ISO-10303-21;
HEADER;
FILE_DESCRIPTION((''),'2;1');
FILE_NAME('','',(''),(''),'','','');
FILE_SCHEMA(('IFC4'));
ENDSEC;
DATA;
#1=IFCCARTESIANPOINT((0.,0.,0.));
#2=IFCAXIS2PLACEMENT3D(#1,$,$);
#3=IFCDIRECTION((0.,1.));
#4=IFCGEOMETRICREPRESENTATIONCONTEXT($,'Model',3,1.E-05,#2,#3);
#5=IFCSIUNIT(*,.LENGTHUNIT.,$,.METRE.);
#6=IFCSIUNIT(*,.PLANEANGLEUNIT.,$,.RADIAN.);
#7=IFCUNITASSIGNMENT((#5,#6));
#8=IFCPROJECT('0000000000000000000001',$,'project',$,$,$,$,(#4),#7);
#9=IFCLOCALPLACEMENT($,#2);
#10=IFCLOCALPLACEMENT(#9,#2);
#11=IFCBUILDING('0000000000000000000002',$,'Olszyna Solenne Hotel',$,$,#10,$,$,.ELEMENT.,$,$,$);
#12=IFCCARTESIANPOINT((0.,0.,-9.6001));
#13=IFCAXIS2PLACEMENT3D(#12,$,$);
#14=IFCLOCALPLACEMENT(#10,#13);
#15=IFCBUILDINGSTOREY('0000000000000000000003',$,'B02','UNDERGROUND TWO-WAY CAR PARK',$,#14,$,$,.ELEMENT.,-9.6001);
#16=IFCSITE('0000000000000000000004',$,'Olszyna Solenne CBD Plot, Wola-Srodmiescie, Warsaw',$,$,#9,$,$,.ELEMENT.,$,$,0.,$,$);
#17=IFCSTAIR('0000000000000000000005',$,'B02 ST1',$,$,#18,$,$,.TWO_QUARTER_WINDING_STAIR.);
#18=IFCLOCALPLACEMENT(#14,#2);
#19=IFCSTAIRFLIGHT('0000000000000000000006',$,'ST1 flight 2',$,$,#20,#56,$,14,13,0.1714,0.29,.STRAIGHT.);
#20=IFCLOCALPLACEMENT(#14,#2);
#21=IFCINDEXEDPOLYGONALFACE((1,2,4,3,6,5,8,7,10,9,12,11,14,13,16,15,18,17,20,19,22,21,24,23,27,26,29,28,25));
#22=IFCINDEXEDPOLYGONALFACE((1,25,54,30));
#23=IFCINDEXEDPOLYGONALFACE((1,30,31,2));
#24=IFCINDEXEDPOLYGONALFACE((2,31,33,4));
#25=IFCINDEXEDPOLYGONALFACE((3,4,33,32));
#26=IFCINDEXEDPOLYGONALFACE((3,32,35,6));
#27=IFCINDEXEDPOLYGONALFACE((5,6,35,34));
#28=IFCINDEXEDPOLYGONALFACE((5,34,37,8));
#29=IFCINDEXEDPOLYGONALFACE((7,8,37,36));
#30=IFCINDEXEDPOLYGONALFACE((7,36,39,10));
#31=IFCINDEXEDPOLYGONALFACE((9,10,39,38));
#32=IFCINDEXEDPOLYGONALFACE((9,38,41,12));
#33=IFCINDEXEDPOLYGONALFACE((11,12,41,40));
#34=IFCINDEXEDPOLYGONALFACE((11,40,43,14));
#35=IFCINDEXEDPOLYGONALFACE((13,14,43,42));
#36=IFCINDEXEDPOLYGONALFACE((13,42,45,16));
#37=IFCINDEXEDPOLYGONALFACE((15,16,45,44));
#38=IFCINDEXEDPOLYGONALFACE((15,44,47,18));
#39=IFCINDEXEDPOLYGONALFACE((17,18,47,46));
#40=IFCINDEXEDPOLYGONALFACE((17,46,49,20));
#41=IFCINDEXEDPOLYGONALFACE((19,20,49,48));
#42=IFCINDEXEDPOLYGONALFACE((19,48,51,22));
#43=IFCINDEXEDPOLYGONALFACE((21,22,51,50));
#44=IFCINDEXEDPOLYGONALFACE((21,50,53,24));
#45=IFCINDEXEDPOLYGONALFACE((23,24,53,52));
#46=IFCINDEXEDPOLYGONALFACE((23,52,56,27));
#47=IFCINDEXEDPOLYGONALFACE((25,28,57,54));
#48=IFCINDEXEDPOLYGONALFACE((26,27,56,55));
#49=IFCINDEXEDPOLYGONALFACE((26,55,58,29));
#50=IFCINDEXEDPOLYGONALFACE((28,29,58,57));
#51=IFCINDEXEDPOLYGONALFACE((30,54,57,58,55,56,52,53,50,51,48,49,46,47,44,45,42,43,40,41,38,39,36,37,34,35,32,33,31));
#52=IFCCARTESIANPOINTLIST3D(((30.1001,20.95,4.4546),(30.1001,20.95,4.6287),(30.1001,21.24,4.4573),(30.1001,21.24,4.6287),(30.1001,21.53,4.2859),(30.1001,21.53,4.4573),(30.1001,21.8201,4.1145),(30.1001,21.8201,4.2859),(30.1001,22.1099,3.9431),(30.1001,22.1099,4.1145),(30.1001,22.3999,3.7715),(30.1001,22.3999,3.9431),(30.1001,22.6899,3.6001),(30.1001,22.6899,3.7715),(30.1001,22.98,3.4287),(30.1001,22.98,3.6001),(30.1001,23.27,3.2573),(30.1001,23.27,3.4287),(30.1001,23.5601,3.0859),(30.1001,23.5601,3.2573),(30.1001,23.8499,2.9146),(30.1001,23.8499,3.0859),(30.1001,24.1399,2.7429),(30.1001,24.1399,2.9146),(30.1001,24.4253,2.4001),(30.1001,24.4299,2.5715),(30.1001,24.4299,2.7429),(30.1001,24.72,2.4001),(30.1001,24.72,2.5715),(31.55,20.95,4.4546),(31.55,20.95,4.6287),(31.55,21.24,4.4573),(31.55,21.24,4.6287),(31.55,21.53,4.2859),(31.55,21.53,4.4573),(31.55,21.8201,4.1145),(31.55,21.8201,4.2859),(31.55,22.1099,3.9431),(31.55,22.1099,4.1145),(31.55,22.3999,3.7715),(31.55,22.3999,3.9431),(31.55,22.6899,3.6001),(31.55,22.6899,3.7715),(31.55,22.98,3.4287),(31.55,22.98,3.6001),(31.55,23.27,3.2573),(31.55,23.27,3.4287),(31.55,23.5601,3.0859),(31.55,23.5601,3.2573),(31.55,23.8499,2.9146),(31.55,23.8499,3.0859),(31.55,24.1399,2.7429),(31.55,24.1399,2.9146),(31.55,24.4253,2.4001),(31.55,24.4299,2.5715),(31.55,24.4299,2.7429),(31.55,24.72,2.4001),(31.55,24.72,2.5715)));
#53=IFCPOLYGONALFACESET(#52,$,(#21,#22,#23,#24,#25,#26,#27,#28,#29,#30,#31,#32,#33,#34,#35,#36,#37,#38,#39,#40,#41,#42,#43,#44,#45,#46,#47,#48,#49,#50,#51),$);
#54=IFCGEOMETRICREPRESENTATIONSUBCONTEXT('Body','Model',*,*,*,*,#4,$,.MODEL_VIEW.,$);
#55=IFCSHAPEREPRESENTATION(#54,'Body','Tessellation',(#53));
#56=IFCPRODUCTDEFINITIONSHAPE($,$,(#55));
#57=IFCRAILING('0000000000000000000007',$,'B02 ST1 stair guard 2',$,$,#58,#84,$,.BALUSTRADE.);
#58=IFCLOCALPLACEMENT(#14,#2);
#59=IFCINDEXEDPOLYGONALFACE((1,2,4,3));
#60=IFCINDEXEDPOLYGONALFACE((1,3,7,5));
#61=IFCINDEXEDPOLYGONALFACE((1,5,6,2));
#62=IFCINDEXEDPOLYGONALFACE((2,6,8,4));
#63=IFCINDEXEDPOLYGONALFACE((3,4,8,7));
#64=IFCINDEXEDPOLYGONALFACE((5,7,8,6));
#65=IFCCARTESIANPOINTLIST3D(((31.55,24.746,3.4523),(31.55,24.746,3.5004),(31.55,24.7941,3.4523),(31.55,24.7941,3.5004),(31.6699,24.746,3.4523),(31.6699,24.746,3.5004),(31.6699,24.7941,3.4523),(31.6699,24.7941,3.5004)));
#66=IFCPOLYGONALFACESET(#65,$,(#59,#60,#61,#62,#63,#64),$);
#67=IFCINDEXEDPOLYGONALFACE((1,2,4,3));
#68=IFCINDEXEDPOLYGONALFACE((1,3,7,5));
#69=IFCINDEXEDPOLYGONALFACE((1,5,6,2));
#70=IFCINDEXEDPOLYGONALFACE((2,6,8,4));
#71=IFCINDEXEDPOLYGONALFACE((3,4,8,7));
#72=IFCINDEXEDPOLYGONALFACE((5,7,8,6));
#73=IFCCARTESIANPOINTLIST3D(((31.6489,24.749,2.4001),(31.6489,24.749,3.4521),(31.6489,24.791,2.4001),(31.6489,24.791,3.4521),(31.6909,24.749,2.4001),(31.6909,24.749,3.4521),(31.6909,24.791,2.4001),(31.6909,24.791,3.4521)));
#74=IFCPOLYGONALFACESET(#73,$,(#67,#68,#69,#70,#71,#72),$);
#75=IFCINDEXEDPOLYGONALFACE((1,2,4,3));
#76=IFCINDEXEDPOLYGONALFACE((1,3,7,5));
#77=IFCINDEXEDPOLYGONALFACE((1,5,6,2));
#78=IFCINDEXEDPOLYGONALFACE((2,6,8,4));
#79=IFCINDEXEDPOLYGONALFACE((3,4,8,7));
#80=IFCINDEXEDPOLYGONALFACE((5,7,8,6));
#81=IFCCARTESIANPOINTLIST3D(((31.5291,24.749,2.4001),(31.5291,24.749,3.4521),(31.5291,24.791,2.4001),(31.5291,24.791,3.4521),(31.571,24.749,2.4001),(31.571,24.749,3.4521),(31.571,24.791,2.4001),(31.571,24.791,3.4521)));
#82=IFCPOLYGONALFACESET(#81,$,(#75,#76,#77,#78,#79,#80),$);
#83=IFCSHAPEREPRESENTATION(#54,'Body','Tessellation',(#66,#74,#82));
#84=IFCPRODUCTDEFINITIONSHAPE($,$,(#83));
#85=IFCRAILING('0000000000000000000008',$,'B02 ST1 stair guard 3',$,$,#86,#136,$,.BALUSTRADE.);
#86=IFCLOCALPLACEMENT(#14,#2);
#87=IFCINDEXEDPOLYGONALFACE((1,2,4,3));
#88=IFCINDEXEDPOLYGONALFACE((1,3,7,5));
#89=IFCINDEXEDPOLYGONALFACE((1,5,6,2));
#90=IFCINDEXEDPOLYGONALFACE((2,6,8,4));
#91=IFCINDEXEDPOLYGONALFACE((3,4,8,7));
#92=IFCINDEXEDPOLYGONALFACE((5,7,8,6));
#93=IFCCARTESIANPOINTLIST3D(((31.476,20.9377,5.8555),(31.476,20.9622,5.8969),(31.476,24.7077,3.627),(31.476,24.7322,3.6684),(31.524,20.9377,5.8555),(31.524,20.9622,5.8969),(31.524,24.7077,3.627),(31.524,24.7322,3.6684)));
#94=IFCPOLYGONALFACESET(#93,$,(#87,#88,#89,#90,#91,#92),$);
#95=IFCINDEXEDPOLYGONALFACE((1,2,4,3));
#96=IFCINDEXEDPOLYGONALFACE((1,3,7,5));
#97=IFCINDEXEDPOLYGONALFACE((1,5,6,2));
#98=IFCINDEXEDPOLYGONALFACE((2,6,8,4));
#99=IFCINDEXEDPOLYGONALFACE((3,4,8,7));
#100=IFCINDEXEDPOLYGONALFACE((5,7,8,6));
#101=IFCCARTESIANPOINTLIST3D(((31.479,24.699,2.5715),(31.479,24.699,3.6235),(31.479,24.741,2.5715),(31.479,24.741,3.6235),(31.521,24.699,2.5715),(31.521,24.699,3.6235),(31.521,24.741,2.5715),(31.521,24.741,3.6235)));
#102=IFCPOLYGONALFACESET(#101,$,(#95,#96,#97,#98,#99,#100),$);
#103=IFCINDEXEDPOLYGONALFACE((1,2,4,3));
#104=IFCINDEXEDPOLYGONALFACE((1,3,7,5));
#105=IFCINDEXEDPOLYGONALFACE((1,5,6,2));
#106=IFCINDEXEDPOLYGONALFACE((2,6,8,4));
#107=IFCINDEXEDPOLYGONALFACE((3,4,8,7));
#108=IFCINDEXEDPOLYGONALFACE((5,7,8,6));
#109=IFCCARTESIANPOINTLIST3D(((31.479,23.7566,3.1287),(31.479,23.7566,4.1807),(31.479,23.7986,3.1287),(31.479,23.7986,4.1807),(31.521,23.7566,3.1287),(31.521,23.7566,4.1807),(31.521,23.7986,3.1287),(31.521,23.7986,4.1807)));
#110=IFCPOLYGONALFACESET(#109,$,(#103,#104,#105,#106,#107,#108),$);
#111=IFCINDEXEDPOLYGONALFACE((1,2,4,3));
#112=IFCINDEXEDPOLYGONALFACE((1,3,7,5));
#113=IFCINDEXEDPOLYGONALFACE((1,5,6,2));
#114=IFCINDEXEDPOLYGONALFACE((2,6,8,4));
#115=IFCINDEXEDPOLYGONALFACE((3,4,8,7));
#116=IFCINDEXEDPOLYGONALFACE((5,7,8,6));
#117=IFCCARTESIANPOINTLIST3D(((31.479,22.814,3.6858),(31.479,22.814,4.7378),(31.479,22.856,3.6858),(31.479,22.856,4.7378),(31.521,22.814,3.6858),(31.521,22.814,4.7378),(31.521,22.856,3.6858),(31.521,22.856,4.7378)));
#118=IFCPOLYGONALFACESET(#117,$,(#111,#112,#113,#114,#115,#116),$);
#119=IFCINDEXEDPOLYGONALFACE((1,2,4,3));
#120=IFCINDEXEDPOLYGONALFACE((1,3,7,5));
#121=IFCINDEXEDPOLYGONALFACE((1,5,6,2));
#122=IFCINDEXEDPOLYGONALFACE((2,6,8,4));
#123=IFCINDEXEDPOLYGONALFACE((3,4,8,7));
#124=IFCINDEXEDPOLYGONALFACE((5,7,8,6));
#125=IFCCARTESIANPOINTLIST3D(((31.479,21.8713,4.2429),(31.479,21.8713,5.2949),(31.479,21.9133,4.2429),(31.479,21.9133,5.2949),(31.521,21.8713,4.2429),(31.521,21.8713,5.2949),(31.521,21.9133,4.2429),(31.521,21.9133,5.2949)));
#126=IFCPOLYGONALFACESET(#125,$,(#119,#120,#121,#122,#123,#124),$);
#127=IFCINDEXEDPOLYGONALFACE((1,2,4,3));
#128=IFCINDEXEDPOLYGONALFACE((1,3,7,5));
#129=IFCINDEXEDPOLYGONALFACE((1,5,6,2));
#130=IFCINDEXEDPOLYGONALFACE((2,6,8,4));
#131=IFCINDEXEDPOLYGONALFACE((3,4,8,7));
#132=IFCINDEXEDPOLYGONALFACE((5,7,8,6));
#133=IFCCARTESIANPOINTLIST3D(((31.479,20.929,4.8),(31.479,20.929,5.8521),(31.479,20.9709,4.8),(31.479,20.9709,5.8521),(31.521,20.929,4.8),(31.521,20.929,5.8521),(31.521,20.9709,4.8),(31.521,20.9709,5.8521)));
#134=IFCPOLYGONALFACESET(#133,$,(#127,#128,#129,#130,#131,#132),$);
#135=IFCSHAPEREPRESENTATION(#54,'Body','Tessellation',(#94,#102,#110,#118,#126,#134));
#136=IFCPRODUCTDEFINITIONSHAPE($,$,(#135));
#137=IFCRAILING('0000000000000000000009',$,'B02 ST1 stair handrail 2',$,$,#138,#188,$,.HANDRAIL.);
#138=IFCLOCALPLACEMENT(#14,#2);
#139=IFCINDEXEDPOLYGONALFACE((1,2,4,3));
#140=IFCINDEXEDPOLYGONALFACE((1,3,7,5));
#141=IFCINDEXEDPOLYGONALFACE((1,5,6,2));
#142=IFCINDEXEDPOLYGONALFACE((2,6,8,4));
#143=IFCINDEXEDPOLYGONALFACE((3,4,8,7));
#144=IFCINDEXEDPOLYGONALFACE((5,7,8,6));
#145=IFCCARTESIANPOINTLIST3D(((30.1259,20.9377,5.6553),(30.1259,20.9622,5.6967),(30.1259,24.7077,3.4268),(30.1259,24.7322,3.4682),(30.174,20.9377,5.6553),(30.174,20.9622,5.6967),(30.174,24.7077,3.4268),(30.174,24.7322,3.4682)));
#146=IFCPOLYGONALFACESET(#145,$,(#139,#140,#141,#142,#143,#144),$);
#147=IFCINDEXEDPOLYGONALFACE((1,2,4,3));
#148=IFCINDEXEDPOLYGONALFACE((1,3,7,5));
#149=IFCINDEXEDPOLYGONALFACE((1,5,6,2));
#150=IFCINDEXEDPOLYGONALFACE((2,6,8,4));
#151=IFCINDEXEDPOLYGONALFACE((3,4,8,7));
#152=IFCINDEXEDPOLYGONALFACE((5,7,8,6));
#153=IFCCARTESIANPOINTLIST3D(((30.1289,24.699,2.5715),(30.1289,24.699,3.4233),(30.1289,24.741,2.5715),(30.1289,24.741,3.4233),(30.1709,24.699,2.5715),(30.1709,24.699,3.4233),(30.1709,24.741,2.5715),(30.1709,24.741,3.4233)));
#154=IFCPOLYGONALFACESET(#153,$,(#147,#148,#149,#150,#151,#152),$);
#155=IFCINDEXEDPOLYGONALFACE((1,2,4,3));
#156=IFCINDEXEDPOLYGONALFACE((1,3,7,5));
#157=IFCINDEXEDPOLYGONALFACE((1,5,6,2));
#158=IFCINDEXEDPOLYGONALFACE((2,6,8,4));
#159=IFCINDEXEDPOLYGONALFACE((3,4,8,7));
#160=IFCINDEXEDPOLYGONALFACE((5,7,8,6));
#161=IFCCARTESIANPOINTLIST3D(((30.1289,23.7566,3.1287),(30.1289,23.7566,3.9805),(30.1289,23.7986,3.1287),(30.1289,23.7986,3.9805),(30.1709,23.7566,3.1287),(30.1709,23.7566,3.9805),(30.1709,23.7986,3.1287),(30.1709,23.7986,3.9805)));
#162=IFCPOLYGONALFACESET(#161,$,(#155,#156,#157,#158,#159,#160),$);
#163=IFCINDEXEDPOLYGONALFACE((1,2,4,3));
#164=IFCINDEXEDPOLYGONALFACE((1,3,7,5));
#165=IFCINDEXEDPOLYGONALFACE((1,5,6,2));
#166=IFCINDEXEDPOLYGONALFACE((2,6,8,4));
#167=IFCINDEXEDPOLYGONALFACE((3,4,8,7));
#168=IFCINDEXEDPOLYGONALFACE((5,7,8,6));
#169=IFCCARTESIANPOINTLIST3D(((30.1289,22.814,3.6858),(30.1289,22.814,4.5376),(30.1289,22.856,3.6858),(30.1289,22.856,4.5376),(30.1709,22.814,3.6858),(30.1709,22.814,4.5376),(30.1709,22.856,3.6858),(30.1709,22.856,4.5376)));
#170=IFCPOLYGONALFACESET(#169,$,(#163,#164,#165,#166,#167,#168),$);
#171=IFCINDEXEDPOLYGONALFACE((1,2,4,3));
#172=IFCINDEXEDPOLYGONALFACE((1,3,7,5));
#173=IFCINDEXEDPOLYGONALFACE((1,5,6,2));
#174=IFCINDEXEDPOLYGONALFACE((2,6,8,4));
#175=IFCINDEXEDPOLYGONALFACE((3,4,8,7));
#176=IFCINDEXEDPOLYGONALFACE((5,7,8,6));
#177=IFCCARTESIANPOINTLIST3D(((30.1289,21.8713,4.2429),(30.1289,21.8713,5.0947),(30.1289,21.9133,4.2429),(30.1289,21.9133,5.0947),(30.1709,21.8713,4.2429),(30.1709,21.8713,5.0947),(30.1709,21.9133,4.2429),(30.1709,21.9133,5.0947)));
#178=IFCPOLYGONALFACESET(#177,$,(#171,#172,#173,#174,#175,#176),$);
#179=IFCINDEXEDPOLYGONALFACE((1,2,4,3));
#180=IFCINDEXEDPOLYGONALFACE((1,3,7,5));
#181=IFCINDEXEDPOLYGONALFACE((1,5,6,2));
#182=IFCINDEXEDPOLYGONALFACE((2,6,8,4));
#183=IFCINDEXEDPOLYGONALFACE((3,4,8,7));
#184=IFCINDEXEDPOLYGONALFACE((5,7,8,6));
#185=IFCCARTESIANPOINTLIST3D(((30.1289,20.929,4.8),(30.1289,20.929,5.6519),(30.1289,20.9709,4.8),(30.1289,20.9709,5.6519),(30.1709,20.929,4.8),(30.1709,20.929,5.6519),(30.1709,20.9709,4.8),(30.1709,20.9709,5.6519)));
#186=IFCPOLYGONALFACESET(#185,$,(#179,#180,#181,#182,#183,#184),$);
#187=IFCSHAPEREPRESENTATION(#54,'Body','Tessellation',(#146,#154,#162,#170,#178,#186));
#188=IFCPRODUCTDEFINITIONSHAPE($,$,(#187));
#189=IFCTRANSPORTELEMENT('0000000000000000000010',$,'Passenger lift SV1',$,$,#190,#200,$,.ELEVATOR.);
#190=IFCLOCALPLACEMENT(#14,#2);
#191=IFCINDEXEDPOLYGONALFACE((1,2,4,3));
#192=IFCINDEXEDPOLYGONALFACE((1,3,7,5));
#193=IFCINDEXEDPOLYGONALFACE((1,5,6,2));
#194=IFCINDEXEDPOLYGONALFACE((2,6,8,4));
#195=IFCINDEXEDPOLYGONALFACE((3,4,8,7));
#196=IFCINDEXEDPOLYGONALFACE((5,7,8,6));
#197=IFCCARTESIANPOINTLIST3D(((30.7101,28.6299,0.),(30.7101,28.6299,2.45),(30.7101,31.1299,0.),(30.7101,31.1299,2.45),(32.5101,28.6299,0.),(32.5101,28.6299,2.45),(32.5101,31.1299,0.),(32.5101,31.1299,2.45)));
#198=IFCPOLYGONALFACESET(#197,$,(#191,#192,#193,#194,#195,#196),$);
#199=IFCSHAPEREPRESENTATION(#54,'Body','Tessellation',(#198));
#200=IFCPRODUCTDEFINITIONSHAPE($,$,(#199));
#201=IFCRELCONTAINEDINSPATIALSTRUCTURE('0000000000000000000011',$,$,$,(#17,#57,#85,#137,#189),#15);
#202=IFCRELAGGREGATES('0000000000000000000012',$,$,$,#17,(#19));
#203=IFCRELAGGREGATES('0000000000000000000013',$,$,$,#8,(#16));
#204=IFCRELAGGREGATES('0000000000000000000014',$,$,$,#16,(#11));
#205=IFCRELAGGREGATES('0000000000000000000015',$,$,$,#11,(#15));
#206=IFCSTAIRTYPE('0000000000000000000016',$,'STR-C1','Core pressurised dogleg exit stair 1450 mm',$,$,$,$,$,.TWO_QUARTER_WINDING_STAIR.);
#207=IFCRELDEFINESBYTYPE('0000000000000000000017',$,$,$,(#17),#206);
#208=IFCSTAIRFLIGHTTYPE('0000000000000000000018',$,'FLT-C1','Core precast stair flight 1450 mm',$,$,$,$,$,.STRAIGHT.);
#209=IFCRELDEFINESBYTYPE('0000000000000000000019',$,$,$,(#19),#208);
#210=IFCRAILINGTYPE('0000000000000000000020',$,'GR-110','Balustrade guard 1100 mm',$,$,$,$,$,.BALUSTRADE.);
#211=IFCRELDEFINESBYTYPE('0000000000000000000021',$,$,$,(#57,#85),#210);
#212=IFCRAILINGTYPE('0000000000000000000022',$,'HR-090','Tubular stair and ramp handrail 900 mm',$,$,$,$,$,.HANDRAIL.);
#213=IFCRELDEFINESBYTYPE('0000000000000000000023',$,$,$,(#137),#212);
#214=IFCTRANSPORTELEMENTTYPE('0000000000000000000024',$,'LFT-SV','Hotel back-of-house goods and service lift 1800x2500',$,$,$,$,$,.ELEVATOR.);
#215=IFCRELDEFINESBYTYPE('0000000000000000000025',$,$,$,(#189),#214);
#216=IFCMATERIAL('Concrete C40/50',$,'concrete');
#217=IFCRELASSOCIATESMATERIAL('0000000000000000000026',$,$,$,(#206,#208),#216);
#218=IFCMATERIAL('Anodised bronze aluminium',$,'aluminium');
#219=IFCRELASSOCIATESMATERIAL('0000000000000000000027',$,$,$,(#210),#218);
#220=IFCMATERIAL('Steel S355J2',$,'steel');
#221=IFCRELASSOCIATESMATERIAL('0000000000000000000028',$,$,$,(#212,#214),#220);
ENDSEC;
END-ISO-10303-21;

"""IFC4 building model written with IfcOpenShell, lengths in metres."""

from ifc_helpers import new_model, si_unit, direction, frame, origin, origin_2d, place, context, subcontext, project, spatial, polyline, rectangle, outline, extrude, source, transform, mapped, material, type_object, element, aggregate, save


model = new_model("IFC4")

# Units and contexts
model_context = context("Model", 3, precision=1e-05, world=origin(), true_north=direction((0.0, 1.0)))
body_context = subcontext(model_context, "Body", "Model", "MODEL_VIEW")
ifc_project = project(units=[si_unit("LENGTHUNIT", "METRE"), si_unit("PLANEANGLEUNIT", "RADIAN")], contexts=[model_context])

# Site, building, storey
site_placement = place(None, origin())
site = spatial("IfcSite", under=ifc_project, at=site_placement, Name="Olszyna Solenne CBD Plot, Wola-Srodmiescie, Warsaw", CompositionType="ELEMENT", RefElevation=0.0)
building_placement = place(site_placement, origin())
building = spatial("IfcBuilding", under=site, at=building_placement, Name="Olszyna Solenne Hotel", CompositionType="ELEMENT")
storey_placement = place(building_placement, frame((0.0, 0.0, -9.6001)))
storey = spatial("IfcBuildingStorey", under=building, at=storey_placement, Name="B02", Description="UNDERGROUND TWO-WAY CAR PARK", CompositionType="ELEMENT", Elevation=-9.6001)

# Shared definitions
ifc_material_1 = material(Name="Concrete C40/50", Category="concrete")

# Shared definitions
ifc_material_2 = material(Name="Steel S355J2", Category="steel")

# Stair, stair flight
stair_type = type_object("IfcStairType", Name="STR-C1", Description="Core pressurised dogleg exit stair 1450 mm", PredefinedType="TWO_QUARTER_WINDING_STAIR", material=ifc_material_1)
stair_placement = place(storey_placement, origin())
stair = element("IfcStair", 1, at=stair_placement, inside=storey, type_object=stair_type, Name="B02 ST1", PredefinedType="TWO_QUARTER_WINDING_STAIR")
stair_flight_type = type_object("IfcStairFlightType", Name="FLT-C1", Description="Core precast stair flight 1450 mm", PredefinedType="STRAIGHT", material=ifc_material_1)
stair_flight_placement = place(storey_placement, frame((30.825, 24.72, 2.4001), z_axis=(0.0, 0.0, 1.0), x_axis=(0.0, -1.0, 0.0)))
stair_flight = element("IfcStairFlight", 2, at=stair_flight_placement, type_object=stair_flight_type, Name="ST1 flight 2", NumberOfRisers=14, NumberOfTreads=13, PredefinedType="STRAIGHT", RiserHeight=0.1714, TreadLength=0.29, context=body_context, shape_type="SweptSolid", body=[
    extrude(outline(polyline([(0.0, 0.0), (0.0, 0.1714), (0.29, 0.1714), (0.29, 0.3428), (0.5801, 0.3428), (0.5801, 0.5144), (0.8701, 0.5144), (0.8701, 0.6858), (1.1599, 0.6858), (1.1599, 0.8572), (1.45, 0.8572), (1.45, 1.0286), (1.74, 1.0286), (1.74, 1.2), (2.03, 1.2), (2.03, 1.3713), (2.3201, 1.3713), (2.3201, 1.543), (2.6101, 1.543), (2.6101, 1.7144), (2.8999, 1.7144), (2.8999, 1.8857), (3.1899, 1.8857), (3.1899, 2.0571), (3.48, 2.0571), (3.48, 2.2285), (3.77, 2.2285), (3.77, 2.3999), (3.77, 2.0544), (0.2947, 0.0), (0.0, 0.0)])), frame((0.0, 0.7251, 0.0), z_axis=(0.0, -1.0, 0.0), x_axis=(1.0, 0.0, 0.0)), (0.0, 0.0, 1.0), 1.45),
])
aggregate(stair, [stair_flight])

# Railings
ifc_material_3 = material(Name="Anodised bronze aluminium", Category="aluminium")
railing_type_1 = type_object("IfcRailingType", Name="GR-110", Description="Balustrade guard 1100 mm", PredefinedType="BALUSTRADE", material=ifc_material_3)
railing_1_placement = place(storey_placement, frame((31.6699, 24.77, 2.4001)))
element("IfcRailing", 3, at=railing_1_placement, inside=storey, type_object=railing_type_1, Name="B02 ST1 stair guard 2", PredefinedType="BALUSTRADE", context=body_context, shape_type="SweptSolid", body=[
    extrude(rectangle(XDim=0.0481, YDim=0.0481, at=origin_2d()), frame((0.0, 0.0, 1.0762), z_axis=(-1.0, 0.0, 0.0), x_axis=(0.0, -1.0, 0.0)), (0.0, 0.0, 1.0), 0.1199),
    extrude(rectangle(XDim=0.042, YDim=0.042, at=origin_2d()), origin(), (0.0, 0.0, 1.0), 1.052),
    extrude(rectangle(XDim=0.042, YDim=0.042, at=origin_2d()), frame((-0.1199, 0.0, 0.0)), (0.0, 0.0, 1.0), 1.052),
])
railing_2_placement = place(storey_placement, frame((31.5, 24.72, 2.5715)))
element("IfcRailing", 4, at=railing_2_placement, inside=storey, type_object=railing_type_1, Name="B02 ST1 stair guard 3", PredefinedType="BALUSTRADE", context=body_context, shape_type="SweptSolid", body=[
    extrude(rectangle(XDim=0.0481, YDim=0.0481, at=origin_2d()), frame((0.0, 0.0, 1.0762), z_axis=(0.0, -0.860849, 0.508861), x_axis=(1.0, 0.0, 0.0)), (0.0, 0.0, 1.0), 4.3794),
    extrude(rectangle(XDim=0.042, YDim=0.042, at=origin_2d()), origin(), (0.0, 0.0, 1.0), 1.052),
    extrude(rectangle(XDim=0.042, YDim=0.042, at=origin_2d()), frame((0.0, -0.9424, 0.5571)), (0.0, 0.0, 1.0), 1.052),
    extrude(rectangle(XDim=0.042, YDim=0.042, at=origin_2d()), frame((0.0, -1.885, 1.1143)), (0.0, 0.0, 1.0), 1.052),
    extrude(rectangle(XDim=0.042, YDim=0.042, at=origin_2d()), frame((0.0, -2.8276, 1.6714)), (0.0, 0.0, 1.0), 1.052),
    extrude(rectangle(XDim=0.042, YDim=0.042, at=origin_2d()), frame((0.0, -3.77, 2.2285)), (0.0, 0.0, 1.0), 1.052),
])
railing_type_2 = type_object("IfcRailingType", Name="HR-090", Description="Tubular stair and ramp handrail 900 mm", PredefinedType="HANDRAIL", material=ifc_material_2)
railing_3_placement = place(storey_placement, frame((30.1499, 24.72, 2.5715)))
element("IfcRailing", 5, at=railing_3_placement, inside=storey, type_object=railing_type_2, Name="B02 ST1 stair handrail 2", PredefinedType="HANDRAIL", context=body_context, shape_type="SweptSolid", body=[
    extrude(rectangle(XDim=0.0481, YDim=0.0481, at=origin_2d()), frame((0.0, 0.0, 0.876), z_axis=(0.0, -0.860849, 0.508861), x_axis=(1.0, 0.0, 0.0)), (0.0, 0.0, 1.0), 4.3794),
    extrude(rectangle(XDim=0.042, YDim=0.042, at=origin_2d()), origin(), (0.0, 0.0, 1.0), 0.8518),
    extrude(rectangle(XDim=0.042, YDim=0.042, at=origin_2d()), frame((0.0, -0.9424, 0.5571)), (0.0, 0.0, 1.0), 0.8518),
    extrude(rectangle(XDim=0.042, YDim=0.042, at=origin_2d()), frame((0.0, -1.885, 1.1143)), (0.0, 0.0, 1.0), 0.8518),
    extrude(rectangle(XDim=0.042, YDim=0.042, at=origin_2d()), frame((0.0, -2.8276, 1.6714)), (0.0, 0.0, 1.0), 0.8518),
    extrude(rectangle(XDim=0.042, YDim=0.042, at=origin_2d()), frame((0.0, -3.77, 2.2285)), (0.0, 0.0, 1.0), 0.8518),
])

# Transport element
transport_element_type = type_object("IfcTransportElementType", Name="LFT-SV", Description="Hotel back-of-house goods and service lift 1800x2500", PredefinedType="ELEVATOR", material=ifc_material_2)
shared_shape_1 = source(origin(), body_context, "Body", "SweptSolid", [
    extrude(rectangle(XDim=1.8, YDim=2.5, at=origin_2d()), origin(), (0.0, 0.0, 1.0), 2.45),
])
transport_element_placement = place(storey_placement, frame((31.6101, 29.8799, 0.0), z_axis=(0.0, 0.0, 1.0), x_axis=(1.0, 0.0, 0.0)))
element("IfcTransportElement", 6, at=transport_element_placement, inside=storey, type_object=transport_element_type, Name="Passenger lift SV1", PredefinedType="ELEVATOR", context=body_context, shape_type="MappedRepresentation", body=[
    mapped(shared_shape_1, transform((0.0, 0.0, 0.0), x_axis=(1.0, 0.0, 0.0), y_axis=(0.0, 1.0, 0.0), z_axis=(0.0, 0.0, 1.0), scale=1.0)),
])

save(model, "model.ifc")
